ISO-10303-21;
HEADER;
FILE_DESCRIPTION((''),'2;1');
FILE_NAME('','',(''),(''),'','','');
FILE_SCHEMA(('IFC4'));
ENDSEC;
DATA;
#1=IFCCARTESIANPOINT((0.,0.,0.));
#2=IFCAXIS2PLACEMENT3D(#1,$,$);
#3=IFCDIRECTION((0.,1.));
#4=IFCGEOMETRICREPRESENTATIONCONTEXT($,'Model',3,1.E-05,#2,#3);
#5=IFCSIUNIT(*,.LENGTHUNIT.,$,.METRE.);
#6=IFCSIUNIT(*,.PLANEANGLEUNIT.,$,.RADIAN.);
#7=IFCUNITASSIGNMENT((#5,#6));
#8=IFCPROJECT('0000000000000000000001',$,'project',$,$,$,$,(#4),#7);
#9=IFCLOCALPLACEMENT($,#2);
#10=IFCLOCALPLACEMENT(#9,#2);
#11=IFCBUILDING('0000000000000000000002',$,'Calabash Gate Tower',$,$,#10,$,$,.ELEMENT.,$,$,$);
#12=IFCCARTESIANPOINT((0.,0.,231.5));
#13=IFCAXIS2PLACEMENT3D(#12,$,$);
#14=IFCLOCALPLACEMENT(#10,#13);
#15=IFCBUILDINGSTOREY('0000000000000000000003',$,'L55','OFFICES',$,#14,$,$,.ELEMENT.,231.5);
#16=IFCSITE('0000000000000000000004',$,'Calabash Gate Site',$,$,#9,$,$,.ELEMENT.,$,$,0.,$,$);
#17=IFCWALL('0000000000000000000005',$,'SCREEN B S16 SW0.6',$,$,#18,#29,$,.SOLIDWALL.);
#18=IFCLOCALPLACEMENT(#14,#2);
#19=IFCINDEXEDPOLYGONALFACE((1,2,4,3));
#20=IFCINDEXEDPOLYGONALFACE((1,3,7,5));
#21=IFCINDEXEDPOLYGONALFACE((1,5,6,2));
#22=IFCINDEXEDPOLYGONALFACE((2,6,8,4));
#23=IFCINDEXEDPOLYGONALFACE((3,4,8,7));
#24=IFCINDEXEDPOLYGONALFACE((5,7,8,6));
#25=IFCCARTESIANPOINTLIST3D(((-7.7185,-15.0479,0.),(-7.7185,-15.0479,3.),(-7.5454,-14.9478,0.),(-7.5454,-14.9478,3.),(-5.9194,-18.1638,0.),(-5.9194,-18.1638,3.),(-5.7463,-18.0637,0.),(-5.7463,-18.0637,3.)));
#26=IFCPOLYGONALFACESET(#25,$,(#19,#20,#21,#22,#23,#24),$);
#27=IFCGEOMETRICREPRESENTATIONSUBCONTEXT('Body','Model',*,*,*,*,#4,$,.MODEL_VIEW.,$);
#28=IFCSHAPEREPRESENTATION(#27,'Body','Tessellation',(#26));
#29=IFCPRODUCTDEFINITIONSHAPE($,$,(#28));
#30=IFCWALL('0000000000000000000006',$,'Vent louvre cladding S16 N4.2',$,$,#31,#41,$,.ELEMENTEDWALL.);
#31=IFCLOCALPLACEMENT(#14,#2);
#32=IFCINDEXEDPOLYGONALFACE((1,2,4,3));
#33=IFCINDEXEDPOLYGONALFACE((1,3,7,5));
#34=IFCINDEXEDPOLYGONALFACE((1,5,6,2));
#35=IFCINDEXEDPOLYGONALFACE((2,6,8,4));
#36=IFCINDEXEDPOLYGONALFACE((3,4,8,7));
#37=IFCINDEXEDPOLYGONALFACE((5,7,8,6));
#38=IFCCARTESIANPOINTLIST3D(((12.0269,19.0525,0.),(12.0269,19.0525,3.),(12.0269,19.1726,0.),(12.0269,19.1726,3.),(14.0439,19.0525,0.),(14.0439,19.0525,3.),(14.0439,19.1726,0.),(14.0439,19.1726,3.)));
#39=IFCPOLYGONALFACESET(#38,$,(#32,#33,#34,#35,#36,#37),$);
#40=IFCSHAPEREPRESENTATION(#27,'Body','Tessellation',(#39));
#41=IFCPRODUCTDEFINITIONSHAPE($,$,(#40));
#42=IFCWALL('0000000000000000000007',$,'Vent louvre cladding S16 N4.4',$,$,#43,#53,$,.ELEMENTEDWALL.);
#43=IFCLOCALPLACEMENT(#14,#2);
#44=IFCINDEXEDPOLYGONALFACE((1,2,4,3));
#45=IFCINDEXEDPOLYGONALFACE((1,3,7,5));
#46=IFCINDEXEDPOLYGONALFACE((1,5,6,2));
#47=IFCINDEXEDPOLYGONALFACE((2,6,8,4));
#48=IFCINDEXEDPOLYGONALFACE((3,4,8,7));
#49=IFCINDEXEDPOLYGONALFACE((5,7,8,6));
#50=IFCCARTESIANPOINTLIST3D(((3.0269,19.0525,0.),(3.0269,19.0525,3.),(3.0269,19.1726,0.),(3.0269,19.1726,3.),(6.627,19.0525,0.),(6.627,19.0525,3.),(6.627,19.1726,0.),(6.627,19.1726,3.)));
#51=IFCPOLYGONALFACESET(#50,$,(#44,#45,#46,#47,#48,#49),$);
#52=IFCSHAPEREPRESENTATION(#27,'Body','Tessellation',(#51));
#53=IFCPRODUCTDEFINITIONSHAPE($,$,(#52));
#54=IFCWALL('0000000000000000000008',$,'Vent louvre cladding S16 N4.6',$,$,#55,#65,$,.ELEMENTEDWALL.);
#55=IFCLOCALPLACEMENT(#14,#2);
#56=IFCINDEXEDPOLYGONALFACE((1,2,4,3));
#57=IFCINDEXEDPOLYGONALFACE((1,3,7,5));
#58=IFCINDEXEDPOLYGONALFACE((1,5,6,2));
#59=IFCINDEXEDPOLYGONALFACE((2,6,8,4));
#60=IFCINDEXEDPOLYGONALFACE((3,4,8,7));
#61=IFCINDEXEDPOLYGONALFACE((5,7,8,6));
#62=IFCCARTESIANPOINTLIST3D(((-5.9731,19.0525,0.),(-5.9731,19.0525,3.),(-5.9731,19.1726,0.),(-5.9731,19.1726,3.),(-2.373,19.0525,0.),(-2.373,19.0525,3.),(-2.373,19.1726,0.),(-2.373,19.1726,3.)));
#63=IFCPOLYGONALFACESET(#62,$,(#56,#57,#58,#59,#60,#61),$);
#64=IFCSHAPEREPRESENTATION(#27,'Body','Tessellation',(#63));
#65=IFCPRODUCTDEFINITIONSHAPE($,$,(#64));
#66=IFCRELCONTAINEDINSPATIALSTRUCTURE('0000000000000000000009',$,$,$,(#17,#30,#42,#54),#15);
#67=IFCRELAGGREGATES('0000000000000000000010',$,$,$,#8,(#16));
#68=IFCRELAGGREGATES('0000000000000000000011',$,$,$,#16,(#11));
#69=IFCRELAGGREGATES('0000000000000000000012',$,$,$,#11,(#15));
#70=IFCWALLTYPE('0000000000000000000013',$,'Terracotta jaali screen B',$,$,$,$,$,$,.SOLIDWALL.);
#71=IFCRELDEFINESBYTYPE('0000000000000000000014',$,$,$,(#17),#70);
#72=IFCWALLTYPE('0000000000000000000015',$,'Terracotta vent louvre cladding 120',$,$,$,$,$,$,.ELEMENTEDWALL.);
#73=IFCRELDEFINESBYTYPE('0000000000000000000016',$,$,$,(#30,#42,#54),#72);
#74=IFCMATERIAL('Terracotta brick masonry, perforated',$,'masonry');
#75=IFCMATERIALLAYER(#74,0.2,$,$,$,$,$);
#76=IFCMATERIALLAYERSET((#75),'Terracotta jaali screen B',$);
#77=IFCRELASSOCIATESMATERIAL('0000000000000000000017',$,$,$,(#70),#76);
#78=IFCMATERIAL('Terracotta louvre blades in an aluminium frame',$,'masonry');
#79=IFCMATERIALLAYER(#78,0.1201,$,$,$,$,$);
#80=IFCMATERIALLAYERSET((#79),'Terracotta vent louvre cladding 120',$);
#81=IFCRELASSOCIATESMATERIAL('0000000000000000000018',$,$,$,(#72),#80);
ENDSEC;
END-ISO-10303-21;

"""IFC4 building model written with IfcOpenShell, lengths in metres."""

from ifc_helpers import new_model, si_unit, direction, frame, origin, place, context, subcontext, project, spatial, polyline, outline, extrude, material, layer, layer_set, type_object, element, save


model = new_model("IFC4")

# Units and contexts
model_context = context("Model", 3, precision=1e-05, world=origin(), true_north=direction((0.0, 1.0)))
body_context = subcontext(model_context, "Body", "Model", "MODEL_VIEW")
ifc_project = project(units=[si_unit("LENGTHUNIT", "METRE"), si_unit("PLANEANGLEUNIT", "RADIAN")], contexts=[model_context])

# Site, building, storey
site_placement = place(None, origin())
site = spatial("IfcSite", under=ifc_project, at=site_placement, Name="Calabash Gate Site", CompositionType="ELEMENT", RefElevation=0.0)
building_placement = place(site_placement, origin())
building = spatial("IfcBuilding", under=site, at=building_placement, Name="Calabash Gate Tower", CompositionType="ELEMENT")
storey_placement = place(building_placement, frame((0.0, 0.0, 231.5)))
storey = spatial("IfcBuildingStorey", under=building, at=storey_placement, Name="L55", Description="OFFICES", CompositionType="ELEMENT", Elevation=231.5)

# Walls
ifc_material_1 = material(Name="Terracotta brick masonry, perforated", Category="masonry")
ifc_layer_1 = layer(ifc_material_1, 0.2)
ifc_layer_set_1 = layer_set([ifc_layer_1], Name="Terracotta jaali screen B")
wall_type_1 = type_object("IfcWallType", Name="Terracotta jaali screen B", PredefinedType="SOLIDWALL", material=ifc_layer_set_1)
wall_1_placement = place(storey_placement, origin())
element("IfcWall", 1, at=wall_1_placement, inside=storey, type_object=wall_type_1, Name="SCREEN B S16 SW0.6", PredefinedType="SOLIDWALL", context=body_context, shape_type="SweptSolid", body=[
    extrude(outline(polyline([(-7.7185, -15.0479), (-5.9194, -18.1638), (-5.7463, -18.0637), (-7.5454, -14.9478), (-7.7185, -15.0479)])), origin(), (0.0, 0.0, 1.0), 3.0),
])
ifc_material_2 = material(Name="Terracotta louvre blades in an aluminium frame", Category="masonry")
ifc_layer_2 = layer(ifc_material_2, 0.1201)
ifc_layer_set_2 = layer_set([ifc_layer_2], Name="Terracotta vent louvre cladding 120")
wall_type_2 = type_object("IfcWallType", Name="Terracotta vent louvre cladding 120", PredefinedType="ELEMENTEDWALL", material=ifc_layer_set_2)
wall_2_placement = place(storey_placement, origin())
element("IfcWall", 2, at=wall_2_placement, inside=storey, type_object=wall_type_2, Name="Vent louvre cladding S16 N4.2", PredefinedType="ELEMENTEDWALL", context=body_context, shape_type="SweptSolid", body=[
    extrude(outline(polyline([(14.0439, 19.1726), (12.0269, 19.1726), (12.0269, 19.0525), (14.0439, 19.0525), (14.0439, 19.1726)])), origin(), (0.0, 0.0, 1.0), 3.0),
])
wall_3_placement = place(storey_placement, origin())
element("IfcWall", 3, at=wall_3_placement, inside=storey, type_object=wall_type_2, Name="Vent louvre cladding S16 N4.4", PredefinedType="ELEMENTEDWALL", context=body_context, shape_type="SweptSolid", body=[
    extrude(outline(polyline([(3.0269, 19.1726), (3.0269, 19.0525), (6.627, 19.0525), (6.627, 19.1726), (3.0269, 19.1726)])), origin(), (0.0, 0.0, 1.0), 3.0),
])
wall_4_placement = place(storey_placement, origin())
element("IfcWall", 4, at=wall_4_placement, inside=storey, type_object=wall_type_2, Name="Vent louvre cladding S16 N4.6", PredefinedType="ELEMENTEDWALL", context=body_context, shape_type="SweptSolid", body=[
    extrude(outline(polyline([(-5.9731, 19.1726), (-5.9731, 19.0525), (-2.373, 19.0525), (-2.373, 19.1726), (-5.9731, 19.1726)])), origin(), (0.0, 0.0, 1.0), 3.0),
])

save(model, "model.ifc")
